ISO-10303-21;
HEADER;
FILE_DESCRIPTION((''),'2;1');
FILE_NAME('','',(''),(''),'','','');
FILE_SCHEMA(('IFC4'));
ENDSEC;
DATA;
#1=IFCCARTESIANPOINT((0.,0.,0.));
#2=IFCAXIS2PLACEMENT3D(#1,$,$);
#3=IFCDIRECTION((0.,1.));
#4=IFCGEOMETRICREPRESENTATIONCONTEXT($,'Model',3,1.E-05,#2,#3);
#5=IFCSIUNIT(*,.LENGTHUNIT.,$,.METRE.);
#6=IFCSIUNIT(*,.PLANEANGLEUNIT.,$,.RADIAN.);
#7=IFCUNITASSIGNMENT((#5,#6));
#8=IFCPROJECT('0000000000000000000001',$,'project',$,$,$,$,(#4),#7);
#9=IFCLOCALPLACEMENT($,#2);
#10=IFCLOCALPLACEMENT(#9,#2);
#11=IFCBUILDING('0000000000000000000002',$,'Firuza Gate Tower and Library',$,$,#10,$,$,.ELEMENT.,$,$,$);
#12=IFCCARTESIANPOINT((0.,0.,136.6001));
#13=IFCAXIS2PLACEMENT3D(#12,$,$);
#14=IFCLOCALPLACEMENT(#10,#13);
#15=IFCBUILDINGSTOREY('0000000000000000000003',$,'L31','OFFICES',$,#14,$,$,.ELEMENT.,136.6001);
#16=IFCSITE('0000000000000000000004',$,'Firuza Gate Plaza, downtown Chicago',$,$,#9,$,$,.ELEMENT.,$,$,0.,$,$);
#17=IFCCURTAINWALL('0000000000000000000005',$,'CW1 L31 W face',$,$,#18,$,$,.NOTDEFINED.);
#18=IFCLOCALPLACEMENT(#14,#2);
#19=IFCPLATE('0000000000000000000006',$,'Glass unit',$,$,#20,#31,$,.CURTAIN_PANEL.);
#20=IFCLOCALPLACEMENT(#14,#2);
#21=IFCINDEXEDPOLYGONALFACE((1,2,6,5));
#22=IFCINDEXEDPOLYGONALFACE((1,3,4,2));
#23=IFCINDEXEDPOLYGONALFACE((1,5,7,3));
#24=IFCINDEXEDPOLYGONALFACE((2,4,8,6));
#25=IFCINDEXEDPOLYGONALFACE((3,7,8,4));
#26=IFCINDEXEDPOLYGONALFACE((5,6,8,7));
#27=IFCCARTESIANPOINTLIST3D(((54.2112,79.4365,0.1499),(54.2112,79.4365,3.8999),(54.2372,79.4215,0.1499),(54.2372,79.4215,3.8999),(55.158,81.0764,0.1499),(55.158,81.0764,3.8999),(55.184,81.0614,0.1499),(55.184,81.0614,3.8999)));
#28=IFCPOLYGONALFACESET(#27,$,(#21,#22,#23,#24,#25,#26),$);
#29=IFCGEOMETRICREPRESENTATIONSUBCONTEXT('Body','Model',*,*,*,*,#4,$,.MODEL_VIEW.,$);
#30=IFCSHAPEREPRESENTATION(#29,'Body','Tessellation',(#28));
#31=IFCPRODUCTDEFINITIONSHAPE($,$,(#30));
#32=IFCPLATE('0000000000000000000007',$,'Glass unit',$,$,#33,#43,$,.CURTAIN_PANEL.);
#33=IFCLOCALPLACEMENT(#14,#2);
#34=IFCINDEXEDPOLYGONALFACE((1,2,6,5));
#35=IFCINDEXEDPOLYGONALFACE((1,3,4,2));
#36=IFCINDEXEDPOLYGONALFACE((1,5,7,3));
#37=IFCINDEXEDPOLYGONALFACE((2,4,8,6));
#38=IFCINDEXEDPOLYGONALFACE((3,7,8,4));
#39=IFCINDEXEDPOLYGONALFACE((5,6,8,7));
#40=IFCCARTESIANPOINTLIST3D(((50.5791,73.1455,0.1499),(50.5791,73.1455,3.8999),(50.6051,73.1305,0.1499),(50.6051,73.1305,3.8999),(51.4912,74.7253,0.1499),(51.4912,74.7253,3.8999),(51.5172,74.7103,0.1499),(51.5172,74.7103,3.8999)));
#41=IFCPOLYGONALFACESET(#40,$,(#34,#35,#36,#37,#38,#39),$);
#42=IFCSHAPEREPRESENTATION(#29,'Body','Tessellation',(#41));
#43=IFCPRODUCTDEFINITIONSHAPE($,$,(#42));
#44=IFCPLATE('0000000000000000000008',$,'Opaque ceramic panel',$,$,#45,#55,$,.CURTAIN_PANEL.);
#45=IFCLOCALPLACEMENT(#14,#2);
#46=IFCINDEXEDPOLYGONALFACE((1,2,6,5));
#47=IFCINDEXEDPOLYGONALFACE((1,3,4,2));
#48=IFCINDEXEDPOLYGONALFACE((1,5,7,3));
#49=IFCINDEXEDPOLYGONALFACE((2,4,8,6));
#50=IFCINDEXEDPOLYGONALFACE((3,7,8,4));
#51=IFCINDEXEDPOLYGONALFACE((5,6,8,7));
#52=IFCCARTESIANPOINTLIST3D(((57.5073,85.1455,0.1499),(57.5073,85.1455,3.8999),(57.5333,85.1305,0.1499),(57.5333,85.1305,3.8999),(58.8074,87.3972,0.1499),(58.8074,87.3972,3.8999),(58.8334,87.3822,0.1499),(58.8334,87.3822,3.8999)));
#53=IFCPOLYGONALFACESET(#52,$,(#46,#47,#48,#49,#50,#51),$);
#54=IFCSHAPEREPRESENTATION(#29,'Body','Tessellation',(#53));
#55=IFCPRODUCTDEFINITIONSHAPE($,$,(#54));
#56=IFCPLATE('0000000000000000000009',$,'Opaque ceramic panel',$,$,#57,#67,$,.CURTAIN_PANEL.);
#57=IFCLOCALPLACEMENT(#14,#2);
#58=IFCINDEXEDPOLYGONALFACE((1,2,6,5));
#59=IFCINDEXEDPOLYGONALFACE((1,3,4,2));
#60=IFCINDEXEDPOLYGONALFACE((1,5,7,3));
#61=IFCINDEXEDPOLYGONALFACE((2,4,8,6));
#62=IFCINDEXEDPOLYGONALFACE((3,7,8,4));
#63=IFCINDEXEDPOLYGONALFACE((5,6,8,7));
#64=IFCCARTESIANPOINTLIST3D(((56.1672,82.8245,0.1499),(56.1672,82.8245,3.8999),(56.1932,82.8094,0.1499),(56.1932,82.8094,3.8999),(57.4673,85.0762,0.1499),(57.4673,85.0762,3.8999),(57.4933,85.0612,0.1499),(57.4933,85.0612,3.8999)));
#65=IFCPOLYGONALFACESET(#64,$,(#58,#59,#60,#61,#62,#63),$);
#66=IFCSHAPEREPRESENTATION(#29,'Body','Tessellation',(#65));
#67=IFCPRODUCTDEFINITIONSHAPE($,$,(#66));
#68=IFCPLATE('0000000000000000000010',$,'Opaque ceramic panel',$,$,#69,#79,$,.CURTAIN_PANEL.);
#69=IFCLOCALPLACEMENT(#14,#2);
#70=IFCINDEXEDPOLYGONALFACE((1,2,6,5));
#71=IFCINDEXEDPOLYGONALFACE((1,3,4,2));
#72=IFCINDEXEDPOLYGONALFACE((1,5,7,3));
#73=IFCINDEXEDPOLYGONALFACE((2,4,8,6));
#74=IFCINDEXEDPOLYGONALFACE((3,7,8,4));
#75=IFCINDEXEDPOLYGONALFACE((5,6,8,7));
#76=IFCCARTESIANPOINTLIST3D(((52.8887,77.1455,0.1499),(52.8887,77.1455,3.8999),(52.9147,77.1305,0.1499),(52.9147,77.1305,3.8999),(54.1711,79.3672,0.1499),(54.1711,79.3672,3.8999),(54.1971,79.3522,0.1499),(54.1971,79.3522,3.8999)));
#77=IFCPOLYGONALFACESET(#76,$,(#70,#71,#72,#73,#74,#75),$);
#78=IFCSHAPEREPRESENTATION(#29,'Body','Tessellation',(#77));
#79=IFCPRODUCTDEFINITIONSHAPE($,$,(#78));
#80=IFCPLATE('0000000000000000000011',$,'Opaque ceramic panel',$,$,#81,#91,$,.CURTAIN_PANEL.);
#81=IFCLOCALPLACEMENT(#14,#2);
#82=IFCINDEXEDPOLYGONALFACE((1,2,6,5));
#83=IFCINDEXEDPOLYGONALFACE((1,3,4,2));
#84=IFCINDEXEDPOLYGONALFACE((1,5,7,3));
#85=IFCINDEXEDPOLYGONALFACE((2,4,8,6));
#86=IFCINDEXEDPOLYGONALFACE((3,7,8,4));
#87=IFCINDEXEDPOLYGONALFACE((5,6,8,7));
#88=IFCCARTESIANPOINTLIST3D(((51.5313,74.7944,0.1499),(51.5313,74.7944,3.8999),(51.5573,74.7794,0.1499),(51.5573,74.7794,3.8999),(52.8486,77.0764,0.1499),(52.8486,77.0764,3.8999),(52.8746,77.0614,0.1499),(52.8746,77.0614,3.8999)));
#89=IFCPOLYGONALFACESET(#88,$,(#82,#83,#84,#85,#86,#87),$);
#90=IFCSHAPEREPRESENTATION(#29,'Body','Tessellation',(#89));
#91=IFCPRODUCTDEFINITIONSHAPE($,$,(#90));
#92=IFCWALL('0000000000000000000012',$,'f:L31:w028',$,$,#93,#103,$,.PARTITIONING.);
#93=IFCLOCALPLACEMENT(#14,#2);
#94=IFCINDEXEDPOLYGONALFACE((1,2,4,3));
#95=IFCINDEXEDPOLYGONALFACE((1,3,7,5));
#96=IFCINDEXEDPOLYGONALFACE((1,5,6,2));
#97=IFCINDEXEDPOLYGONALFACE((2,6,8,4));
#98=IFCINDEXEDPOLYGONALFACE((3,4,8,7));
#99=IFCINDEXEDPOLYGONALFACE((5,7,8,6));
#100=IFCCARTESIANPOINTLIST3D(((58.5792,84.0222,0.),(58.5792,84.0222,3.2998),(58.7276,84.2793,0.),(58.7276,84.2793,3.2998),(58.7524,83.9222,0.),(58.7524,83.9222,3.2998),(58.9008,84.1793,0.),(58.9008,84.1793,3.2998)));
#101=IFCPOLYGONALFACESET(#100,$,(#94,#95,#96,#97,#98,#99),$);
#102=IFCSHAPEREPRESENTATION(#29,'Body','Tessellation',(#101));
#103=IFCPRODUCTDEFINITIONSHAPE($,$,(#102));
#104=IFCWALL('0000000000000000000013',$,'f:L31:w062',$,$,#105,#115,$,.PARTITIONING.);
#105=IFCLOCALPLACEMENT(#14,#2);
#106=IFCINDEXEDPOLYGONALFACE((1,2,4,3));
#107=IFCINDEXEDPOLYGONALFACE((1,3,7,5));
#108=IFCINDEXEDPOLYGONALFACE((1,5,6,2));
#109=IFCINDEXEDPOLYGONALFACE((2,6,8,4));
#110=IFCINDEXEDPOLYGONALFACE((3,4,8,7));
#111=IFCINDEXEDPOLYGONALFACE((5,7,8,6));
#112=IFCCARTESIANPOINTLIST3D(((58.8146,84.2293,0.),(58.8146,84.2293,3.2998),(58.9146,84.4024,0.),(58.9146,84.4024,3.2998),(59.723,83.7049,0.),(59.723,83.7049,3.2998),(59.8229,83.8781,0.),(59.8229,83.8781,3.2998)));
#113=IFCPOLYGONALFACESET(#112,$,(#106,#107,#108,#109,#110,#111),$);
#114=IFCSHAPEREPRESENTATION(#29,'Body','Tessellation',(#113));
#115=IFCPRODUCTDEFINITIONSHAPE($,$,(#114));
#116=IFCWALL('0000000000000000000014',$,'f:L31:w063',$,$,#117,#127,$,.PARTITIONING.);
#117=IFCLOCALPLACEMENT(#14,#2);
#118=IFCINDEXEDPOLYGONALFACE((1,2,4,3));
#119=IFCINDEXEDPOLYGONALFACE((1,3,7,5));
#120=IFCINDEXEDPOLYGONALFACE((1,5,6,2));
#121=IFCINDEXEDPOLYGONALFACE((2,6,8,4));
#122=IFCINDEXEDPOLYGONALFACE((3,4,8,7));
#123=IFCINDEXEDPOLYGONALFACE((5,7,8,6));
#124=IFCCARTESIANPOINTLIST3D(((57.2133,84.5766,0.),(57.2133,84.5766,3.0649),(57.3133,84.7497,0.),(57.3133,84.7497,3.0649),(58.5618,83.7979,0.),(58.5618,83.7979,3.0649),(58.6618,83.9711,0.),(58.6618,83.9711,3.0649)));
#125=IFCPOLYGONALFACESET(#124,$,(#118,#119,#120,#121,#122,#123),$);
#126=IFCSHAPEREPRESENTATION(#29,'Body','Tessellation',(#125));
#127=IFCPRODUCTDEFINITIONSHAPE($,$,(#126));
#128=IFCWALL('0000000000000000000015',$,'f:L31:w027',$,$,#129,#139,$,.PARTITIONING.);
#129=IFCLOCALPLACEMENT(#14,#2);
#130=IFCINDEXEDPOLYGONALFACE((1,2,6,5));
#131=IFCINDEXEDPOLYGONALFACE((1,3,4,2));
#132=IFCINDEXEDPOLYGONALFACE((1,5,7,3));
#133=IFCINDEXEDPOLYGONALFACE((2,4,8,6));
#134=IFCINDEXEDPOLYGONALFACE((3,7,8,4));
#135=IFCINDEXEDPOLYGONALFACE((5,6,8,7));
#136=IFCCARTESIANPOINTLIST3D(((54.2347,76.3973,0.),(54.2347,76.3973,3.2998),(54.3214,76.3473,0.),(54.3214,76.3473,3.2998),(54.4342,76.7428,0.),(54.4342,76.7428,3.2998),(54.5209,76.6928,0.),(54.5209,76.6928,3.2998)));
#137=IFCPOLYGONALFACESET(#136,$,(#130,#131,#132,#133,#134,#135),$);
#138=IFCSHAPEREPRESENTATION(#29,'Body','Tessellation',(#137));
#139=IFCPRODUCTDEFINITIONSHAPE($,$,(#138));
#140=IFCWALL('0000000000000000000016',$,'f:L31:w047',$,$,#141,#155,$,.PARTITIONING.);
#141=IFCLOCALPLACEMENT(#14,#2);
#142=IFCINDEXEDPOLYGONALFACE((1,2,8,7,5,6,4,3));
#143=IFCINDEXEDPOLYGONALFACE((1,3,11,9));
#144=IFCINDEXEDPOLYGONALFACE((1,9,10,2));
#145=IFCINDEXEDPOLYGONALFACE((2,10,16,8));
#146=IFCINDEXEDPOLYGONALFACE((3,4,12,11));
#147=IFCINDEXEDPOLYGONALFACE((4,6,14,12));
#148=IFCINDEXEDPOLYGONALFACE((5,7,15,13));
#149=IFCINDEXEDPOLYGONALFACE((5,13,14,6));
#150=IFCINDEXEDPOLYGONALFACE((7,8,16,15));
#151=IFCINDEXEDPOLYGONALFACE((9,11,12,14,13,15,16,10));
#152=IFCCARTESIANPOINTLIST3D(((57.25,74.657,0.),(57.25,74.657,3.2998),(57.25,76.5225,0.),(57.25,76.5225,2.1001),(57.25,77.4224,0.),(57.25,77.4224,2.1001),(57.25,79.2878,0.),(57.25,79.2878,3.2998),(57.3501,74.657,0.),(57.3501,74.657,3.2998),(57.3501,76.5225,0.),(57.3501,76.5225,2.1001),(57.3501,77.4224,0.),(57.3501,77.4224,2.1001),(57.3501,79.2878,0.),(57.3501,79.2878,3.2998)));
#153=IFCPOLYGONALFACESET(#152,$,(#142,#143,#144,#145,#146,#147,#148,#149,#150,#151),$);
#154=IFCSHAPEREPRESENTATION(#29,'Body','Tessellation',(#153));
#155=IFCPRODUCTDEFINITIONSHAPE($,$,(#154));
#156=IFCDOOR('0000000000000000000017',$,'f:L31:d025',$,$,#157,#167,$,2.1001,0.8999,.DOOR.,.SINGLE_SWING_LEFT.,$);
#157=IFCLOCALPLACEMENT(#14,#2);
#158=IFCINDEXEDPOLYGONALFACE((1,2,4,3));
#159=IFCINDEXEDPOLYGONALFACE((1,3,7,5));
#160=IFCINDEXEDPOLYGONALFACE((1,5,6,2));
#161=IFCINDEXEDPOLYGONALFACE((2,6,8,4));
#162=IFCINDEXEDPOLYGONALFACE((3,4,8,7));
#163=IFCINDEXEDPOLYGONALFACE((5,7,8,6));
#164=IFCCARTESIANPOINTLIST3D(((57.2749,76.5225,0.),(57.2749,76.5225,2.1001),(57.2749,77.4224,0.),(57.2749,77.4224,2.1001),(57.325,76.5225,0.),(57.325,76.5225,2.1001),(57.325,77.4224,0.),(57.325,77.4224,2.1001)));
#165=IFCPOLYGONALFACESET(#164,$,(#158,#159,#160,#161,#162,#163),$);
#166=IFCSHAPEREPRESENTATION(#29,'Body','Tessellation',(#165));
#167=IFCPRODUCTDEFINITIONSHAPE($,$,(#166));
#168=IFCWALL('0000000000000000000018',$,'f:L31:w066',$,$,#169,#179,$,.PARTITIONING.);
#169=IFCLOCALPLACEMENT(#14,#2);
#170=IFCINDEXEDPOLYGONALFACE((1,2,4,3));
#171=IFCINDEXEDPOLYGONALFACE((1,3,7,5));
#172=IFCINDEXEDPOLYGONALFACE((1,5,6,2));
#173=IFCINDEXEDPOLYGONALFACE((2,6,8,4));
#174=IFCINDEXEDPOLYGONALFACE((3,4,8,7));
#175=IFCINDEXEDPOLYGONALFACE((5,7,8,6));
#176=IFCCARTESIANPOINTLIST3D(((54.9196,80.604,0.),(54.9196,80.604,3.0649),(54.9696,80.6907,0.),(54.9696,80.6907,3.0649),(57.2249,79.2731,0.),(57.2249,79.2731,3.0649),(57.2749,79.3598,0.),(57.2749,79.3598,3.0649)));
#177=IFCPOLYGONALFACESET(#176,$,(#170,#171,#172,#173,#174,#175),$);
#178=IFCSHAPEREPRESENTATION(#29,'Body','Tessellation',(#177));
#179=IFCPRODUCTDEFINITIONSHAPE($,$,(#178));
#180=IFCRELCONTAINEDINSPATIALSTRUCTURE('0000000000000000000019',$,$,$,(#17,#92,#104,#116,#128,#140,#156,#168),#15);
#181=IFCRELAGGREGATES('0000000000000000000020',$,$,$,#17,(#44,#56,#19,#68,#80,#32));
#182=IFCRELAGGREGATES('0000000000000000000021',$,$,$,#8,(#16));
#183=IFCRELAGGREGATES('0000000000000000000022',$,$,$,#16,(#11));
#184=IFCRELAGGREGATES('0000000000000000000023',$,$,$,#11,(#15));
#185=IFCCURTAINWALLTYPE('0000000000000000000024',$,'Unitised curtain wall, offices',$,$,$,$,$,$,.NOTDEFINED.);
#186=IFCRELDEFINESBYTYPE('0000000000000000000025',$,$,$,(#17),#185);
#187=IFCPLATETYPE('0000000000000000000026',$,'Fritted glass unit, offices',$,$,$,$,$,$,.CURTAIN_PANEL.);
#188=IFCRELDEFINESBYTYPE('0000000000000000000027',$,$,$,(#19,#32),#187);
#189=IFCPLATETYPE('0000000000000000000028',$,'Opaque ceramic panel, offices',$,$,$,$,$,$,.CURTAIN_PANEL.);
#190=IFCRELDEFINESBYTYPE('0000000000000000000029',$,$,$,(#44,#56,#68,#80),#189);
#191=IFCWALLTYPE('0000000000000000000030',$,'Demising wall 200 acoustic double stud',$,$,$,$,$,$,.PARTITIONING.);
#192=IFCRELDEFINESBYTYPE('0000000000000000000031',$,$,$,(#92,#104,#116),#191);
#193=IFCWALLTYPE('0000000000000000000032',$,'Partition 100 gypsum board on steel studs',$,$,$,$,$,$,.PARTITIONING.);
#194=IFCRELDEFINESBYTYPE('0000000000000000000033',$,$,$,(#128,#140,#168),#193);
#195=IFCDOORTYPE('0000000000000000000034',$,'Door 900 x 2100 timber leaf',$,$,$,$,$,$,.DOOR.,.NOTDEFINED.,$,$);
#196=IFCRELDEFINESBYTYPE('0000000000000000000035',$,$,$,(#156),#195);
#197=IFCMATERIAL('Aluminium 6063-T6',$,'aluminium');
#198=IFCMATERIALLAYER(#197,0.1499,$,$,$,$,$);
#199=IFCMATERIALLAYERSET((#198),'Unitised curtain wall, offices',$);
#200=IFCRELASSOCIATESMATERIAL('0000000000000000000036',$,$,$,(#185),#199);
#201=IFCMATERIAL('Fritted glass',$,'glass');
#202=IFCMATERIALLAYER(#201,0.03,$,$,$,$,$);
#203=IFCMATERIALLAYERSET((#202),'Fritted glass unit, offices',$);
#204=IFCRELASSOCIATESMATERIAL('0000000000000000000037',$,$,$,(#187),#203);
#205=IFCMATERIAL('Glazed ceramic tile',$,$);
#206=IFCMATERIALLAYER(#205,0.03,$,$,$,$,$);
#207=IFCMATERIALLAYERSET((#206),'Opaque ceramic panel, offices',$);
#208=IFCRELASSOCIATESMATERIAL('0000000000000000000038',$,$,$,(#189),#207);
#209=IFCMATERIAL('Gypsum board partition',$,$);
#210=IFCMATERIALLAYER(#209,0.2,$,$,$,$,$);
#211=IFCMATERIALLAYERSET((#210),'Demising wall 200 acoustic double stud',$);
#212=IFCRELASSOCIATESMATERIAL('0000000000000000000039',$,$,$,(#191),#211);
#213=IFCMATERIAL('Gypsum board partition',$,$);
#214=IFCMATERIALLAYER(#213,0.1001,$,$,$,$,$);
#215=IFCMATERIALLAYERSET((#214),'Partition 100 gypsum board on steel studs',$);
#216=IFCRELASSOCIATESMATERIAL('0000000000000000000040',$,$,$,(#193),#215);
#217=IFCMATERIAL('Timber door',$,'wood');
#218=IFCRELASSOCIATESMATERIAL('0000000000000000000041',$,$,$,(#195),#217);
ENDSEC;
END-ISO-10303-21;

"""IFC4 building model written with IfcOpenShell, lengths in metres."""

from ifc_helpers import new_model, si_unit, direction, frame, frame_2d, origin, place, context, subcontext, project, spatial, polyline, rectangle, outline, extrude, material, layer, layer_set, type_object, element, fill, aggregate, save


model = new_model("IFC4")

# Units and contexts
model_context = context("Model", 3, precision=1e-05, world=origin(), true_north=direction((0.0, 1.0)))
body_context = subcontext(model_context, "Body", "Model", "MODEL_VIEW")
ifc_project = project(units=[si_unit("LENGTHUNIT", "METRE"), si_unit("PLANEANGLEUNIT", "RADIAN")], contexts=[model_context])

# Site, building, storey
site_placement = place(None, origin())
site = spatial("IfcSite", under=ifc_project, at=site_placement, Name="Firuza Gate Plaza, downtown Chicago", CompositionType="ELEMENT", RefElevation=0.0)
building_placement = place(site_placement, origin())
building = spatial("IfcBuilding", under=site, at=building_placement, Name="Firuza Gate Tower and Library", CompositionType="ELEMENT")
storey_placement = place(building_placement, frame((0.0, 0.0, 136.6001)))
storey = spatial("IfcBuildingStorey", under=building, at=storey_placement, Name="L31", Description="OFFICES", CompositionType="ELEMENT", Elevation=136.6001)

# Curtain wall
ifc_material_1 = material(Name="Aluminium 6063-T6", Category="aluminium")
ifc_layer_1 = layer(ifc_material_1, 0.1499)
ifc_layer_set_1 = layer_set([ifc_layer_1], Name="Unitised curtain wall, offices")
curtain_wall_type = type_object("IfcCurtainWallType", Name="Unitised curtain wall, offices", PredefinedType="NOTDEFINED", material=ifc_layer_set_1)
curtain_wall_placement = place(storey_placement, origin())
curtain_wall = element("IfcCurtainWall", 1, at=curtain_wall_placement, inside=storey, type_object=curtain_wall_type, Name="CW1 L31 W face", PredefinedType="NOTDEFINED")

# Plates
ifc_material_2 = material(Name="Fritted glass", Category="glass")
ifc_layer_2 = layer(ifc_material_2, 0.03)
ifc_layer_set_2 = layer_set([ifc_layer_2], Name="Fritted glass unit, offices")
plate_type_1 = type_object("IfcPlateType", Name="Fritted glass unit, offices", PredefinedType="CURTAIN_PANEL", material=ifc_layer_set_2)
plate_1_placement = place(storey_placement, frame((55.158, 81.0764, 0.1499), z_axis=(-0.866029, 0.499994, 0.0), x_axis=(-0.499994, -0.866029, 0.0)))
plate_1 = element("IfcPlate", 2, at=plate_1_placement, type_object=plate_type_1, Name="Glass unit", PredefinedType="CURTAIN_PANEL", context=body_context, shape_type="SweptSolid", body=[
    extrude(outline(polyline([(0.0, 0.0), (1.8936, 0.0), (1.8936, 3.75), (0.0, 3.75), (0.0, 0.0)])), origin(), (0.0, 0.0, -1.0), 0.03),
])
plate_2_placement = place(storey_placement, frame((51.4912, 74.7253, 0.1499), z_axis=(-0.866027, 0.499997, 0.0), x_axis=(-0.499997, -0.866027, 0.0)))
plate_2 = element("IfcPlate", 3, at=plate_2_placement, type_object=plate_type_1, Name="Glass unit", PredefinedType="CURTAIN_PANEL", context=body_context, shape_type="SweptSolid", body=[
    extrude(outline(polyline([(0.0, 0.0), (1.8242, 0.0), (1.8242, 3.75), (0.0, 3.75), (0.0, 0.0)])), origin(), (0.0, 0.0, -1.0), 0.03),
])
ifc_material_3 = material(Name="Glazed ceramic tile")
ifc_layer_3 = layer(ifc_material_3, 0.03)
ifc_layer_set_3 = layer_set([ifc_layer_3], Name="Opaque ceramic panel, offices")
plate_type_2 = type_object("IfcPlateType", Name="Opaque ceramic panel, offices", PredefinedType="CURTAIN_PANEL", material=ifc_layer_set_3)
plate_3_placement = place(storey_placement, frame((58.8074, 87.3972, 0.1499), z_axis=(-0.866021, 0.500007, 0.0), x_axis=(-0.500007, -0.866021, 0.0)))
plate_3 = element("IfcPlate", 4, at=plate_3_placement, type_object=plate_type_2, Name="Opaque ceramic panel", PredefinedType="CURTAIN_PANEL", context=body_context, shape_type="SweptSolid", body=[
    extrude(outline(polyline([(0.0, 0.0), (2.6001, 0.0), (2.6001, 3.75), (0.0, 3.75), (0.0, 0.0)])), origin(), (0.0, 0.0, -1.0), 0.03),
])
plate_4_placement = place(storey_placement, frame((57.4673, 85.0762, 0.1499), z_axis=(-0.866021, 0.500007, 0.0), x_axis=(-0.500007, -0.866021, 0.0)))
plate_4 = element("IfcPlate", 5, at=plate_4_placement, type_object=plate_type_2, Name="Opaque ceramic panel", PredefinedType="CURTAIN_PANEL", context=body_context, shape_type="SweptSolid", body=[
    extrude(outline(polyline([(0.0, 0.0), (2.6001, 0.0), (2.6001, 3.75), (0.0, 3.75), (0.0, 0.0)])), origin(), (0.0, 0.0, -1.0), 0.03),
])
plate_5_placement = place(storey_placement, frame((54.1711, 79.3672, 0.1499), z_axis=(-0.866062, 0.499937, 0.0), x_axis=(-0.499937, -0.866062, 0.0)))
plate_5 = element("IfcPlate", 6, at=plate_5_placement, type_object=plate_type_2, Name="Opaque ceramic panel", PredefinedType="CURTAIN_PANEL", context=body_context, shape_type="SweptSolid", body=[
    extrude(outline(polyline([(0.0, 0.0), (2.5653, 0.0), (2.5653, 3.75), (0.0, 3.75), (0.0, 0.0)])), origin(), (0.0, 0.0, -1.0), 0.03),
])
plate_6_placement = place(storey_placement, frame((52.8486, 77.0764, 0.1499), z_axis=(-0.866045, 0.499966, 0.0), x_axis=(-0.499966, -0.866045, 0.0)))
plate_6 = element("IfcPlate", 7, at=plate_6_placement, type_object=plate_type_2, Name="Opaque ceramic panel", PredefinedType="CURTAIN_PANEL", context=body_context, shape_type="SweptSolid", body=[
    extrude(outline(polyline([(0.0, 0.0), (2.6349, 0.0), (2.6349, 3.75), (0.0, 3.75), (0.0, 0.0)])), origin(), (0.0, 0.0, -1.0), 0.03),
])
aggregate(curtain_wall, [plate_3, plate_4, plate_1, plate_5, plate_6, plate_2])

# Walls
ifc_material_4 = material(Name="Gypsum board partition")
ifc_layer_4 = layer(ifc_material_4, 0.2)
ifc_layer_set_4 = layer_set([ifc_layer_4], Name="Demising wall 200 acoustic double stud")
wall_type_1 = type_object("IfcWallType", Name="Demising wall 200 acoustic double stud", PredefinedType="PARTITIONING", material=ifc_layer_set_4)
wall_1_placement = place(storey_placement, frame((58.6658, 83.9722, 0.0), z_axis=(0.0, 0.0, 1.0), x_axis=(0.500031, 0.866008, 0.0)))
element("IfcWall", 8, at=wall_1_placement, inside=storey, type_object=wall_type_1, Name="f:L31:w028", PredefinedType="PARTITIONING", context=body_context, shape_type="SweptSolid", body=[
    extrude(rectangle(XDim=0.2969, YDim=0.2, at=frame_2d((0.1484, 0.0))), origin(), (0.0, 0.0, 1.0), 3.2998),
])
wall_2_placement = place(storey_placement, frame((59.7729, 83.7915, 0.0), z_axis=(0.0, 0.0, 1.0), x_axis=(-0.866058, 0.499944, 0.0)))
element("IfcWall", 9, at=wall_2_placement, inside=storey, type_object=wall_type_1, Name="f:L31:w062", PredefinedType="PARTITIONING", context=body_context, shape_type="SweptSolid", body=[
    extrude(rectangle(XDim=1.0488, YDim=0.2, at=frame_2d((0.5244, 0.0))), origin(), (0.0, 0.0, 1.0), 3.2998),
])
wall_3_placement = place(storey_placement, frame((58.6118, 83.8845, 0.0), z_axis=(0.0, 0.0, 1.0), x_axis=(-0.866005, 0.500035, 0.0)))
element("IfcWall", 10, at=wall_3_placement, inside=storey, type_object=wall_type_1, Name="f:L31:w063", PredefinedType="PARTITIONING", context=body_context, shape_type="SweptSolid", body=[
    extrude(rectangle(XDim=1.5571, YDim=0.2, at=frame_2d((0.7786, 0.0))), origin(), (0.0, 0.0, 1.0), 3.0649),
])
ifc_material_5 = material(Name="Gypsum board partition")
ifc_layer_5 = layer(ifc_material_5, 0.1001)
ifc_layer_set_5 = layer_set([ifc_layer_5], Name="Partition 100 gypsum board on steel studs")
wall_type_2 = type_object("IfcWallType", Name="Partition 100 gypsum board on steel studs", PredefinedType="PARTITIONING", material=ifc_layer_set_5)
wall_4_placement = place(storey_placement, frame((54.2781, 76.3723, 0.0), z_axis=(0.0, 0.0, 1.0), x_axis=(0.500023, 0.866012, 0.0)))
element("IfcWall", 11, at=wall_4_placement, inside=storey, type_object=wall_type_2, Name="f:L31:w027", PredefinedType="PARTITIONING", context=body_context, shape_type="SweptSolid", body=[
    extrude(rectangle(XDim=0.3989, YDim=0.1001, at=frame_2d((0.1995, 0.0))), origin(), (0.0, 0.0, 1.0), 3.2998),
])

# Wall, opening, door
wall_5_placement = place(storey_placement, frame((57.3, 79.2878, 0.0), z_axis=(0.0, 0.0, 1.0), x_axis=(0.0, -1.0, 0.0)))
wall_5 = element("IfcWall", 12, at=wall_5_placement, inside=storey, type_object=wall_type_2, Name="f:L31:w047", PredefinedType="PARTITIONING", context=body_context, shape_type="SweptSolid", body=[
    extrude(rectangle(XDim=4.6309, YDim=0.1001, at=frame_2d((2.3154, 0.0))), origin(), (0.0, 0.0, 1.0), 3.2998),
])
opening_placement = place(wall_5_placement, frame((1.8655, 0.0, 0.0)))
opening = element("IfcOpeningElement", 13, at=opening_placement, cuts=wall_5, PredefinedType="OPENING", context=body_context, shape_type="SweptSolid", body=[
    extrude(rectangle(XDim=0.8999, YDim=2.1001, at=frame_2d((0.45, 1.05))), frame((0.0, 0.0601, 0.0), z_axis=(0.0, -1.0, 0.0), x_axis=(1.0, 0.0, 0.0)), (0.0, 0.0, 1.0), 0.1201),
])
ifc_material_6 = material(Name="Timber door", Category="wood")
door_type = type_object("IfcDoorType", Name="Door 900 x 2100 timber leaf", OperationType="NOTDEFINED", PredefinedType="DOOR", material=ifc_material_6)
door_placement = place(opening_placement, origin())
door = element("IfcDoor", 14, at=door_placement, inside=storey, type_object=door_type, Name="f:L31:d025", OperationType="SINGLE_SWING_LEFT", OverallHeight=2.1001, OverallWidth=0.8999, PredefinedType="DOOR", context=body_context, shape_type="SweptSolid", body=[
    extrude(rectangle(XDim=0.8999, YDim=2.1001, at=frame_2d((0.45, 1.05))), frame((0.0, 0.0249, 0.0), z_axis=(0.0, -1.0, 0.0), x_axis=(1.0, 0.0, 0.0)), (0.0, 0.0, 1.0), 0.05),
])
fill(opening, door)

# Wall
wall_6_placement = place(storey_placement, frame((57.25, 79.3164, 0.0), z_axis=(0.0, 0.0, 1.0), x_axis=(-0.866039, 0.499977, 0.0)))
element("IfcWall", 15, at=wall_6_placement, inside=storey, type_object=wall_type_2, Name="f:L31:w066", PredefinedType="PARTITIONING", context=body_context, shape_type="SweptSolid", body=[
    extrude(rectangle(XDim=2.6619, YDim=0.1001, at=frame_2d((1.3311, 0.0))), origin(), (0.0, 0.0, 1.0), 3.0649),
])

save(model, "model.ifc")
